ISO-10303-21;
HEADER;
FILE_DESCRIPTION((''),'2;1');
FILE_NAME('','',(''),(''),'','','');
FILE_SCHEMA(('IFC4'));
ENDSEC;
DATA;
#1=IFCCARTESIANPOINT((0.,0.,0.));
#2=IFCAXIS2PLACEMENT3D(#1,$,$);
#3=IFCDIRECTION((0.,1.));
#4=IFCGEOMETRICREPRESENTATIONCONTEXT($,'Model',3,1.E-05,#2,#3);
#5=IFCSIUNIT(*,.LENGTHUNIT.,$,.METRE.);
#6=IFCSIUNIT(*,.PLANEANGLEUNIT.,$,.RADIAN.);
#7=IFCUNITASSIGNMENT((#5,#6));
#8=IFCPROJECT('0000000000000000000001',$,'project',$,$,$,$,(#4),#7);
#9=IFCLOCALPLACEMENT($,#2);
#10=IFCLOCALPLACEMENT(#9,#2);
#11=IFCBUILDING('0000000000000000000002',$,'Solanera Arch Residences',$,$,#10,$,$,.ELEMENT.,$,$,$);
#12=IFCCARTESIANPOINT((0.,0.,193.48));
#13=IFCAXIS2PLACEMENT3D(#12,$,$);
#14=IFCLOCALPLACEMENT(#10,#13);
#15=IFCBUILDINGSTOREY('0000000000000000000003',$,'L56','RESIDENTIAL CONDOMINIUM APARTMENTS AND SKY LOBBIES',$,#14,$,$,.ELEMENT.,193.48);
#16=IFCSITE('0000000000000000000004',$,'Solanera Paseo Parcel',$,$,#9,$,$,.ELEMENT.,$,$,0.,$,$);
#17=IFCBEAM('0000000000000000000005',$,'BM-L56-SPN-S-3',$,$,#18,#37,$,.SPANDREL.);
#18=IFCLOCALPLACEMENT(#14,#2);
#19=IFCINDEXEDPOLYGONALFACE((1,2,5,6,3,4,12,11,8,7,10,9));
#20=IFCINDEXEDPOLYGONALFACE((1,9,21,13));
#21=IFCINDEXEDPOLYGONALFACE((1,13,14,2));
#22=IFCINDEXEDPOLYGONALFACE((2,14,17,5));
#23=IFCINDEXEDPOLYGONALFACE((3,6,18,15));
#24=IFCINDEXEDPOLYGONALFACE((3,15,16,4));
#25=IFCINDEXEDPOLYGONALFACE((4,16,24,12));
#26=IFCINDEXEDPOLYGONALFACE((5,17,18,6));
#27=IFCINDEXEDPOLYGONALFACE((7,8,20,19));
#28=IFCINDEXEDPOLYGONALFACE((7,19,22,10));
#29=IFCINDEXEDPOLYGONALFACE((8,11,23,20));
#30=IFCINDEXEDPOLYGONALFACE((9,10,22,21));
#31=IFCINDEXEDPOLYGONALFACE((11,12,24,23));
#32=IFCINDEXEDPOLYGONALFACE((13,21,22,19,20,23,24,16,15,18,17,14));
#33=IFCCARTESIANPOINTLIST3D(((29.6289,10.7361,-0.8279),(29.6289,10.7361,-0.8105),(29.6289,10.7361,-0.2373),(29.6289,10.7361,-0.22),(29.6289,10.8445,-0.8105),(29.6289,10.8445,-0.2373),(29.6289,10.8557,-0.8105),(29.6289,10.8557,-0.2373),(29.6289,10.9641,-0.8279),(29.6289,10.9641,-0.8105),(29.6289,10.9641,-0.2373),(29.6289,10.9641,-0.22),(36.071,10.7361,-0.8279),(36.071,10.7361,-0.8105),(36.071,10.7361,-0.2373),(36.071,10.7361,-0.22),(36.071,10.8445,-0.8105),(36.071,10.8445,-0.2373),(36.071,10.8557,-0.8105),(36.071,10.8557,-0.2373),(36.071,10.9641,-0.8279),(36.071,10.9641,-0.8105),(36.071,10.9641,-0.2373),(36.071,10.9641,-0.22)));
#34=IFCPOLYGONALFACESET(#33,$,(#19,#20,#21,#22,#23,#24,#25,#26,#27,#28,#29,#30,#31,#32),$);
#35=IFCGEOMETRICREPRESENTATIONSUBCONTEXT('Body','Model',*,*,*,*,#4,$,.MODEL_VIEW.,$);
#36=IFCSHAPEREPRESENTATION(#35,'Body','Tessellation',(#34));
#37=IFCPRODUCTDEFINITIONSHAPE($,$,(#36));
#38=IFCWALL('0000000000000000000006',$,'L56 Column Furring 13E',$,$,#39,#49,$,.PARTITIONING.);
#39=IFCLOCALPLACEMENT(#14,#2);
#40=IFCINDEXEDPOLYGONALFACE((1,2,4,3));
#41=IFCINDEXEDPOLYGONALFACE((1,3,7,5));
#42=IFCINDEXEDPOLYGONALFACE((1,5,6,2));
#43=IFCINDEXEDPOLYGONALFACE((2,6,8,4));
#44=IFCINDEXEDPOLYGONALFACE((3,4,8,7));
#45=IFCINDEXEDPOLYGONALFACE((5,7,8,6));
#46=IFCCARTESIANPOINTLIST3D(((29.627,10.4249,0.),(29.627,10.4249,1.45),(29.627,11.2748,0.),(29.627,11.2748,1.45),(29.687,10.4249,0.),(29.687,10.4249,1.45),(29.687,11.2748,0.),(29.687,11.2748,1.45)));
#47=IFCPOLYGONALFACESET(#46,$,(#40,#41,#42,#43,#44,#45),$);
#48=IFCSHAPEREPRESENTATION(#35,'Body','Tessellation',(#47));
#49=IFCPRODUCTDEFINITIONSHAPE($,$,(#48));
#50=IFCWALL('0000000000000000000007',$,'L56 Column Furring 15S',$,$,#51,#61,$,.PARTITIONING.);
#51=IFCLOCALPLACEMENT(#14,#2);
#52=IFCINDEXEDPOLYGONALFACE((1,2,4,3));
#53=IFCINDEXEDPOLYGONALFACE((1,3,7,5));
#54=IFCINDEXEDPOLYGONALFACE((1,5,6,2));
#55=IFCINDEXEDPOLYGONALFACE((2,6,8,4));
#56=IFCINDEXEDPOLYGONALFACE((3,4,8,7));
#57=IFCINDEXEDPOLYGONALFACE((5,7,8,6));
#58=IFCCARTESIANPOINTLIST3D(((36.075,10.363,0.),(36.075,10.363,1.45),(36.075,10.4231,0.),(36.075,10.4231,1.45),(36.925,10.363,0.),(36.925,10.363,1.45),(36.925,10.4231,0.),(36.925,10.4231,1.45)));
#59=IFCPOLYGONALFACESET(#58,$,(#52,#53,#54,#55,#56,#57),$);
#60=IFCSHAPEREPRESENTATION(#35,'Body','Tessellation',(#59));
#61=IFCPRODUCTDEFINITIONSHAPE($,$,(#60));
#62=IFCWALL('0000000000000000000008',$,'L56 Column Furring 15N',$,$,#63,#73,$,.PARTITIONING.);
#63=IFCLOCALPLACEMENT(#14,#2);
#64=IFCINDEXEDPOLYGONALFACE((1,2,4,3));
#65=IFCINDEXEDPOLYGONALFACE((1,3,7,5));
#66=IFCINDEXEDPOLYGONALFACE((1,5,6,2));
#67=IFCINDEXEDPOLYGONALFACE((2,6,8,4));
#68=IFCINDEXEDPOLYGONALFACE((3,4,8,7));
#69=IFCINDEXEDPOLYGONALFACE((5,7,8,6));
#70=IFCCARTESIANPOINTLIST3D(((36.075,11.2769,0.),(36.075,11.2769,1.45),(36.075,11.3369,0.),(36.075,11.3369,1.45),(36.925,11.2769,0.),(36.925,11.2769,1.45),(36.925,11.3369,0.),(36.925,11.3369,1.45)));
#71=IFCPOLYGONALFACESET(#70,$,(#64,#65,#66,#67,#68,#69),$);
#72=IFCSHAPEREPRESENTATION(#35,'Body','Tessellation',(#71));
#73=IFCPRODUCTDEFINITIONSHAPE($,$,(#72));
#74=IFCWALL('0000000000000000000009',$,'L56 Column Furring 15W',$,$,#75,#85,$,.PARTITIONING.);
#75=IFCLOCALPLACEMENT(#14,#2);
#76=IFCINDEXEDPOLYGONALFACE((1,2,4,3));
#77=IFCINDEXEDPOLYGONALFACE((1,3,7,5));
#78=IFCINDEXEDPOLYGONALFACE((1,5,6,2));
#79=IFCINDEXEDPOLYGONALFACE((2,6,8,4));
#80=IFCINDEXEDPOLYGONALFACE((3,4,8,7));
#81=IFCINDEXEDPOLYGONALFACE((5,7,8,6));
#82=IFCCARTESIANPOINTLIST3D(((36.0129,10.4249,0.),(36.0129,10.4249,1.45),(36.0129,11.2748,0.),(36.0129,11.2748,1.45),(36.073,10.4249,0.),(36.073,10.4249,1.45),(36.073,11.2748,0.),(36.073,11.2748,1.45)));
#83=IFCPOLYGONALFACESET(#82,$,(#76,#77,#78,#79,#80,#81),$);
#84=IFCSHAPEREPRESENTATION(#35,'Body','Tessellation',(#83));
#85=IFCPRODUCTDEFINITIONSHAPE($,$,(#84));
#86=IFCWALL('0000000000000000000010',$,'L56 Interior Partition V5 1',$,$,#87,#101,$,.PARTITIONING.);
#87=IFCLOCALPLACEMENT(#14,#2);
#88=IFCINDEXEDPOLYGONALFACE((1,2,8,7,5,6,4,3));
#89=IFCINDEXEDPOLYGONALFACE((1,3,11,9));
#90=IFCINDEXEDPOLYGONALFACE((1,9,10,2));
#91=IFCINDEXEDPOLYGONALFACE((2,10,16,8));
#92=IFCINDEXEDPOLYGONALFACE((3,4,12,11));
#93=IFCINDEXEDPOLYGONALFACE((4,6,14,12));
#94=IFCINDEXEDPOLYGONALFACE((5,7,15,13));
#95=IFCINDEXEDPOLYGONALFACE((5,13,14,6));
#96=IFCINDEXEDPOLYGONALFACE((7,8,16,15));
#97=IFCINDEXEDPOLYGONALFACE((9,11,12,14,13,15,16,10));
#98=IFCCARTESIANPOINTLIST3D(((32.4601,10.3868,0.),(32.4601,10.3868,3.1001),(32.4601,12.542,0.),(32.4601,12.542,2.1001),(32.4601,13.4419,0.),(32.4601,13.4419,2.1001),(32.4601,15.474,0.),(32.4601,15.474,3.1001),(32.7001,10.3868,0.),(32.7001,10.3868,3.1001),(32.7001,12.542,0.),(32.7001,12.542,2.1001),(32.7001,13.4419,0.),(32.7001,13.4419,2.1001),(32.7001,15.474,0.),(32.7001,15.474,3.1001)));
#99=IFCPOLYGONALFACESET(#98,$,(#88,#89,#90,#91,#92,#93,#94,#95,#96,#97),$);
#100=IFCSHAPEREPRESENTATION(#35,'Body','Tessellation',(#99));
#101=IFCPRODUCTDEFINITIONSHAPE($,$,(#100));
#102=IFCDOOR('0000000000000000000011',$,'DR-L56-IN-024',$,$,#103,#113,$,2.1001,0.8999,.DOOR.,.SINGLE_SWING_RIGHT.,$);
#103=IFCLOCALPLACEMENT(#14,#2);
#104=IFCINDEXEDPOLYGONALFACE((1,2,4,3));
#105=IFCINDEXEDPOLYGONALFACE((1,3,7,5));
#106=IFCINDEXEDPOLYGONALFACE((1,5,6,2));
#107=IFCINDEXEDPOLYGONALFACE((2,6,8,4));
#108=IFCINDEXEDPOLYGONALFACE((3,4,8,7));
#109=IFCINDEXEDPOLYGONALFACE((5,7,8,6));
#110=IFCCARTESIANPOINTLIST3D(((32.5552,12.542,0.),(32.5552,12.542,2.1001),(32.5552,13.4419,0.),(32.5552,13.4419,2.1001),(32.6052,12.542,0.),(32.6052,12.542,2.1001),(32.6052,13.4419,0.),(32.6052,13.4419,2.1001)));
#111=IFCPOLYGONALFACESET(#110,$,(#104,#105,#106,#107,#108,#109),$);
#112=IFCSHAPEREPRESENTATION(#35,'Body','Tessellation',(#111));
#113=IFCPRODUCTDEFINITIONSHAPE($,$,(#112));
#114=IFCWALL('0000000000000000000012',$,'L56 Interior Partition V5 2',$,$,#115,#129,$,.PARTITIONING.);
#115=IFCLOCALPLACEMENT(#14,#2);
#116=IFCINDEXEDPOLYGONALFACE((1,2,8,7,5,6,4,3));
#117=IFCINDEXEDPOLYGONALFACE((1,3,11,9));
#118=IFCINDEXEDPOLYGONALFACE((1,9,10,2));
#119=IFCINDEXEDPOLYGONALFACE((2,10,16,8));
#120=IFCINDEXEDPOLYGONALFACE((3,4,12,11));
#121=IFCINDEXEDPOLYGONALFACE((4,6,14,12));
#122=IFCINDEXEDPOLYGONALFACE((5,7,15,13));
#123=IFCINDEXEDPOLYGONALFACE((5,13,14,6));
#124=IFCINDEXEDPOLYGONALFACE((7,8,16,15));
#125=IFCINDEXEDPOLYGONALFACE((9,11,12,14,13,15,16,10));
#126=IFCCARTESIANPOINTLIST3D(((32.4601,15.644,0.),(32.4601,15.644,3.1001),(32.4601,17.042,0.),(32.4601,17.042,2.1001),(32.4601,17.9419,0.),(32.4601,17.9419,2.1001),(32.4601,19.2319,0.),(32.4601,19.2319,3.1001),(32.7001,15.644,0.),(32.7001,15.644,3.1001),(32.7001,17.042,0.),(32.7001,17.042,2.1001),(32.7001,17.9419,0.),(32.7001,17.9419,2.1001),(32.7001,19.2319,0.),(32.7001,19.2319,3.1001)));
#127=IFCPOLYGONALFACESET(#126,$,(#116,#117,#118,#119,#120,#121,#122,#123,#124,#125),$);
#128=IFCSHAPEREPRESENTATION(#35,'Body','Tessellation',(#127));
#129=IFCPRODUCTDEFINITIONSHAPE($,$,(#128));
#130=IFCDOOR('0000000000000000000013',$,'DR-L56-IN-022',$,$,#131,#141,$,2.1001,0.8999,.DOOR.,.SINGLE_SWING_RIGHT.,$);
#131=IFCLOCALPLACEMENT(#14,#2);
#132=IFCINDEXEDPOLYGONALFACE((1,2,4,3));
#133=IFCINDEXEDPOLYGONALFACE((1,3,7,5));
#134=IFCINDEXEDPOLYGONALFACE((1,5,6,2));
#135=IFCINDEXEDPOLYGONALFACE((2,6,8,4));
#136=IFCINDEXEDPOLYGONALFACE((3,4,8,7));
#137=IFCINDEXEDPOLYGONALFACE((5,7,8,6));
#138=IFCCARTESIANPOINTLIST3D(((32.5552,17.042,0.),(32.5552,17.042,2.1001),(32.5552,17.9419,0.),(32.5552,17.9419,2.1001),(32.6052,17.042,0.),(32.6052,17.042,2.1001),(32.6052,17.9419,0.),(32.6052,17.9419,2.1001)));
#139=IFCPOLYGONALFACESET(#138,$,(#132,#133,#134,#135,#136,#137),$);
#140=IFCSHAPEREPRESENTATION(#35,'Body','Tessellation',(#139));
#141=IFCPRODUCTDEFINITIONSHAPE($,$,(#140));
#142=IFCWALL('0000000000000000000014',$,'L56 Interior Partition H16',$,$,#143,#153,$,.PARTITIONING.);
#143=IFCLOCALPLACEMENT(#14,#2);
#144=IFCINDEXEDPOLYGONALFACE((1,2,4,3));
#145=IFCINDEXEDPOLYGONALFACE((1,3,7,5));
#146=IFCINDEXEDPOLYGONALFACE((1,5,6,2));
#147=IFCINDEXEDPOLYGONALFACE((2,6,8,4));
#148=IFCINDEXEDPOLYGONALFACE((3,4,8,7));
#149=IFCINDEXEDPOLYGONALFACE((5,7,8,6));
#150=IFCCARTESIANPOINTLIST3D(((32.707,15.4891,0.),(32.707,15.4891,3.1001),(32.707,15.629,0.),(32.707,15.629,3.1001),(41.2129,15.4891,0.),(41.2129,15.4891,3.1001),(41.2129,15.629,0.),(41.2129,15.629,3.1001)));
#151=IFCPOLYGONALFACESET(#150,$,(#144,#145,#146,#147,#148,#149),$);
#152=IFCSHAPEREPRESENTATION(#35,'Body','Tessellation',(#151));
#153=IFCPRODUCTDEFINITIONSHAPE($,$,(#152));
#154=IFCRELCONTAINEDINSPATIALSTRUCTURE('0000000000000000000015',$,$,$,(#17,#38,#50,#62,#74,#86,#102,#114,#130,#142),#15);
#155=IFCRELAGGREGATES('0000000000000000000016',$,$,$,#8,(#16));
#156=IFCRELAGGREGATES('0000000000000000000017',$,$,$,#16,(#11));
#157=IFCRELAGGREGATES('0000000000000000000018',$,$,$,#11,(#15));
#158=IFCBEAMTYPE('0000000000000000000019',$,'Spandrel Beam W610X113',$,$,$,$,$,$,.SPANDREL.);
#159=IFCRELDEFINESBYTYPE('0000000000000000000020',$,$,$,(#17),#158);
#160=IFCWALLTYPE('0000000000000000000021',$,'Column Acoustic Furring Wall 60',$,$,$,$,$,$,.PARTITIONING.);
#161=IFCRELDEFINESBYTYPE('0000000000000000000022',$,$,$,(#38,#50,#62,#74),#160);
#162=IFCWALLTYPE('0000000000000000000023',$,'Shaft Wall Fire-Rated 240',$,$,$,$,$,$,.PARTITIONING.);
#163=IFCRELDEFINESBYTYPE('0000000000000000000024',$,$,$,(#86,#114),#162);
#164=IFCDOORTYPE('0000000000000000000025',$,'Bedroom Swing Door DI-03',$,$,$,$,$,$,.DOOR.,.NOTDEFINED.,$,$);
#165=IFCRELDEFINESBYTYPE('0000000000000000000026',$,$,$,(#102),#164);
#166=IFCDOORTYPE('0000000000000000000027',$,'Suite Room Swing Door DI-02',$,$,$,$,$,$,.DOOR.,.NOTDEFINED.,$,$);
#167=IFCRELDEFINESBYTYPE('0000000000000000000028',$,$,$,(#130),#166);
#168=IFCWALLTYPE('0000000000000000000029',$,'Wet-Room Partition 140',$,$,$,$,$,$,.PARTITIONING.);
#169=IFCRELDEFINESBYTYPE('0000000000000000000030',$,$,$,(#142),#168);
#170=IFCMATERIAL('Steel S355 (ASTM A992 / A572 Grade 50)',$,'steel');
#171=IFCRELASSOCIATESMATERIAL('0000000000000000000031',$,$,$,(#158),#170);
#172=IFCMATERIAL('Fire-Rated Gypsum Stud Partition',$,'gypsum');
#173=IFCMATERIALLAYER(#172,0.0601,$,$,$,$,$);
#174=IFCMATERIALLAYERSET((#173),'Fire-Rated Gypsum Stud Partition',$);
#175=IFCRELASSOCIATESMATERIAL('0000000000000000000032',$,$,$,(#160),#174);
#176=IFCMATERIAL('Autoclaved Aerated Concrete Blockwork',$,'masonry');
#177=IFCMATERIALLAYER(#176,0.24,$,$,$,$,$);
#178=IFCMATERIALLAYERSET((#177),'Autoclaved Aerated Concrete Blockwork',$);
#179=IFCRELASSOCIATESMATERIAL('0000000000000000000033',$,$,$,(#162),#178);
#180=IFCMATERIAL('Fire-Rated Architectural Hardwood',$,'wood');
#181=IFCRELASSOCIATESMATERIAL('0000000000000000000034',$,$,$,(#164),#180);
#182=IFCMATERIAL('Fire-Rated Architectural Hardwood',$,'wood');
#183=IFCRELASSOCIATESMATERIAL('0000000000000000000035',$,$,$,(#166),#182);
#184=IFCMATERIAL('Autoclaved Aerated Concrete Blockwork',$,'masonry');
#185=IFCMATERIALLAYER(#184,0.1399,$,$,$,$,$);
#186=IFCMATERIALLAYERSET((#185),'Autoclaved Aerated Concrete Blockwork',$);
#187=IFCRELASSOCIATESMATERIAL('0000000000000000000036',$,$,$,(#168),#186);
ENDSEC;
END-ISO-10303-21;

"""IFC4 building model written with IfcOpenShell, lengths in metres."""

from ifc_helpers import new_model, si_unit, direction, frame, frame_2d, origin, origin_2d, place, context, subcontext, project, spatial, rectangle, i_section, extrude, material, layer, layer_set, material_profile, profile_set, type_object, element, fill, save


model = new_model("IFC4")

# Units and contexts
model_context = context("Model", 3, precision=1e-05, world=origin(), true_north=direction((0.0, 1.0)))
body_context = subcontext(model_context, "Body", "Model", "MODEL_VIEW")
ifc_project = project(units=[si_unit("LENGTHUNIT", "METRE"), si_unit("PLANEANGLEUNIT", "RADIAN")], contexts=[model_context])

# Site, building, storey
site_placement = place(None, origin())
site = spatial("IfcSite", under=ifc_project, at=site_placement, Name="Solanera Paseo Parcel", CompositionType="ELEMENT", RefElevation=0.0)
building_placement = place(site_placement, origin())
building = spatial("IfcBuilding", under=site, at=building_placement, Name="Solanera Arch Residences", CompositionType="ELEMENT")
storey_placement = place(building_placement, frame((0.0, 0.0, 193.48)))
storey = spatial("IfcBuildingStorey", under=building, at=storey_placement, Name="L56", Description="RESIDENTIAL CONDOMINIUM APARTMENTS AND SKY LOBBIES", CompositionType="ELEMENT", Elevation=193.48)

# Beam
ifc_material_1 = material(Name="Steel S355 (ASTM A992 / A572 Grade 50)", Category="steel")
ifc_material_profile = material_profile(ifc_material_1, i_section(OverallWidth=0.228, OverallDepth=0.6079, WebThickness=0.0112, FlangeThickness=0.0173, at=origin_2d()))
ifc_profile_set = profile_set([ifc_material_profile], Name="Steel S355 (ASTM A992 / A572 Grade 50)")
beam_type = type_object("IfcBeamType", Name="Spandrel Beam W610X113", PredefinedType="SPANDREL", material=ifc_profile_set)
beam_placement = place(storey_placement, frame((29.6289, 10.8501, -0.5239), z_axis=(1.0, 0.0, 0.0), x_axis=(0.0, 1.0, 0.0)))
element("IfcBeam", 1, at=beam_placement, inside=storey, type_object=beam_type, Name="BM-L56-SPN-S-3", PredefinedType="SPANDREL", context=body_context, shape_type="SweptSolid", body=[
    extrude(i_section(OverallWidth=0.228, OverallDepth=0.6079, WebThickness=0.0112, FlangeThickness=0.0173, at=origin_2d()), origin(), (0.0, 0.0, 1.0), 6.4421),
])

# Walls
ifc_material_2 = material(Name="Fire-Rated Gypsum Stud Partition", Category="gypsum")
ifc_layer_1 = layer(ifc_material_2, 0.0601)
ifc_layer_set_1 = layer_set([ifc_layer_1], Name="Fire-Rated Gypsum Stud Partition")
wall_type_1 = type_object("IfcWallType", Name="Column Acoustic Furring Wall 60", PredefinedType="PARTITIONING", material=ifc_layer_set_1)
wall_1_placement = place(storey_placement, frame((29.657, 10.425, 0.0), z_axis=(0.0, 0.0, 1.0), x_axis=(0.0, 1.0, 0.0)))
element("IfcWall", 2, at=wall_1_placement, inside=storey, type_object=wall_type_1, Name="L56 Column Furring 13E", PredefinedType="PARTITIONING", context=body_context, shape_type="SweptSolid", body=[
    extrude(rectangle(XDim=0.8499, YDim=0.0601, at=frame_2d((0.4248, 0.0))), origin(), (0.0, 0.0, 1.0), 1.45),
])
for number, where, z_axis, x_axis, name in (
    (3, (36.075, 10.3931, 0.0), (0.0, 0.0, 1.0), (1.0, 0.0, 0.0), "L56 Column Furring 15S"),
    (4, (36.075, 11.3069, 0.0), (0.0, 0.0, 1.0), (1.0, 0.0, 0.0), "L56 Column Furring 15N"),
):
    element("IfcWall", number, at=place(storey_placement, frame(where, z_axis=z_axis, x_axis=x_axis)), inside=storey, type_object=wall_type_1, Name=name, PredefinedType="PARTITIONING", context=body_context, shape_type="SweptSolid", body=[
        extrude(rectangle(XDim=0.8501, YDim=0.0601, at=frame_2d((0.425, 0.0))), origin(), (0.0, 0.0, 1.0), 1.45),
    ])
wall_2_placement = place(storey_placement, frame((36.043, 10.425, 0.0), z_axis=(0.0, 0.0, 1.0), x_axis=(0.0, 1.0, 0.0)))
element("IfcWall", 5, at=wall_2_placement, inside=storey, type_object=wall_type_1, Name="L56 Column Furring 15W", PredefinedType="PARTITIONING", context=body_context, shape_type="SweptSolid", body=[
    extrude(rectangle(XDim=0.8499, YDim=0.0601, at=frame_2d((0.4248, 0.0))), origin(), (0.0, 0.0, 1.0), 1.45),
])

# Walls, openings, doors
ifc_material_3 = material(Name="Autoclaved Aerated Concrete Blockwork", Category="masonry")
ifc_layer_2 = layer(ifc_material_3, 0.24)
ifc_layer_set_2 = layer_set([ifc_layer_2], Name="Autoclaved Aerated Concrete Blockwork")
wall_type_2 = type_object("IfcWallType", Name="Shaft Wall Fire-Rated 240", PredefinedType="PARTITIONING", material=ifc_layer_set_2)
wall_3_placement = place(storey_placement, frame((32.5801, 10.387, 0.0), z_axis=(0.0, 0.0, 1.0), x_axis=(0.0, 1.0, 0.0)))
wall_3 = element("IfcWall", 6, at=wall_3_placement, inside=storey, type_object=wall_type_2, Name="L56 Interior Partition V5 1", PredefinedType="PARTITIONING", context=body_context, shape_type="SweptSolid", body=[
    extrude(rectangle(XDim=5.0872, YDim=0.24, at=frame_2d((2.5435, 0.0))), origin(), (0.0, 0.0, 1.0), 3.1001),
])
opening_1_placement = place(wall_3_placement, frame((2.155, 0.0, 0.0)))
opening_1 = element("IfcOpeningElement", 7, at=opening_1_placement, cuts=wall_3, PredefinedType="OPENING", context=body_context, shape_type="SweptSolid", body=[
    extrude(rectangle(XDim=0.8999, YDim=2.1001, at=frame_2d((0.45, 1.05))), frame((0.0, 0.1299, 0.0), z_axis=(0.0, -1.0, 0.0), x_axis=(1.0, 0.0, 0.0)), (0.0, 0.0, 1.0), 0.26),
])
ifc_material_4 = material(Name="Fire-Rated Architectural Hardwood", Category="wood")
door_type_1 = type_object("IfcDoorType", Name="Bedroom Swing Door DI-03", OperationType="NOTDEFINED", PredefinedType="DOOR", material=ifc_material_4)
door_1_placement = place(opening_1_placement, origin())
door_1 = element("IfcDoor", 8, at=door_1_placement, inside=storey, type_object=door_type_1, Name="DR-L56-IN-024", OperationType="SINGLE_SWING_RIGHT", OverallHeight=2.1001, OverallWidth=0.8999, PredefinedType="DOOR", context=body_context, shape_type="SweptSolid", body=[
    extrude(rectangle(XDim=0.8999, YDim=2.1001, at=frame_2d((0.45, 1.05))), frame((0.0, 0.0249, 0.0), z_axis=(0.0, -1.0, 0.0), x_axis=(1.0, 0.0, 0.0)), (0.0, 0.0, 1.0), 0.05),
])
fill(opening_1, door_1)
wall_4_placement = place(storey_placement, frame((32.5801, 15.644, 0.0), z_axis=(0.0, 0.0, 1.0), x_axis=(0.0, 1.0, 0.0)))
wall_4 = element("IfcWall", 9, at=wall_4_placement, inside=storey, type_object=wall_type_2, Name="L56 Interior Partition V5 2", PredefinedType="PARTITIONING", context=body_context, shape_type="SweptSolid", body=[
    extrude(rectangle(XDim=3.5879, YDim=0.24, at=frame_2d((1.7939, 0.0))), origin(), (0.0, 0.0, 1.0), 3.1001),
])
opening_2_placement = place(wall_4_placement, frame((1.3979, 0.0, 0.0)))
opening_2 = element("IfcOpeningElement", 10, at=opening_2_placement, cuts=wall_4, PredefinedType="OPENING", context=body_context, shape_type="SweptSolid", body=[
    extrude(rectangle(XDim=0.8999, YDim=2.1001, at=frame_2d((0.45, 1.05))), frame((0.0, 0.1299, 0.0), z_axis=(0.0, -1.0, 0.0), x_axis=(1.0, 0.0, 0.0)), (0.0, 0.0, 1.0), 0.26),
])
ifc_material_5 = material(Name="Fire-Rated Architectural Hardwood", Category="wood")
door_type_2 = type_object("IfcDoorType", Name="Suite Room Swing Door DI-02", OperationType="NOTDEFINED", PredefinedType="DOOR", material=ifc_material_5)
door_2_placement = place(opening_2_placement, origin())
door_2 = element("IfcDoor", 11, at=door_2_placement, inside=storey, type_object=door_type_2, Name="DR-L56-IN-022", OperationType="SINGLE_SWING_RIGHT", OverallHeight=2.1001, OverallWidth=0.8999, PredefinedType="DOOR", context=body_context, shape_type="SweptSolid", body=[
    extrude(rectangle(XDim=0.8999, YDim=2.1001, at=frame_2d((0.45, 1.05))), frame((0.0, 0.0249, 0.0), z_axis=(0.0, -1.0, 0.0), x_axis=(1.0, 0.0, 0.0)), (0.0, 0.0, 1.0), 0.05),
])
fill(opening_2, door_2)

# Wall
ifc_material_6 = material(Name="Autoclaved Aerated Concrete Blockwork", Category="masonry")
ifc_layer_3 = layer(ifc_material_6, 0.1399)
ifc_layer_set_3 = layer_set([ifc_layer_3], Name="Autoclaved Aerated Concrete Blockwork")
wall_type_3 = type_object("IfcWallType", Name="Wet-Room Partition 140", PredefinedType="PARTITIONING", material=ifc_layer_set_3)
wall_5_placement = place(storey_placement, frame((32.707, 15.5591, 0.0), z_axis=(0.0, 0.0, 1.0), x_axis=(1.0, 0.0, 0.0)))
element("IfcWall", 12, at=wall_5_placement, inside=storey, type_object=wall_type_3, Name="L56 Interior Partition H16", PredefinedType="PARTITIONING", context=body_context, shape_type="SweptSolid", body=[
    extrude(rectangle(XDim=8.5059, YDim=0.1399, at=frame_2d((4.2529, 0.0))), origin(), (0.0, 0.0, 1.0), 3.1001),
])

save(model, "model.ifc")
